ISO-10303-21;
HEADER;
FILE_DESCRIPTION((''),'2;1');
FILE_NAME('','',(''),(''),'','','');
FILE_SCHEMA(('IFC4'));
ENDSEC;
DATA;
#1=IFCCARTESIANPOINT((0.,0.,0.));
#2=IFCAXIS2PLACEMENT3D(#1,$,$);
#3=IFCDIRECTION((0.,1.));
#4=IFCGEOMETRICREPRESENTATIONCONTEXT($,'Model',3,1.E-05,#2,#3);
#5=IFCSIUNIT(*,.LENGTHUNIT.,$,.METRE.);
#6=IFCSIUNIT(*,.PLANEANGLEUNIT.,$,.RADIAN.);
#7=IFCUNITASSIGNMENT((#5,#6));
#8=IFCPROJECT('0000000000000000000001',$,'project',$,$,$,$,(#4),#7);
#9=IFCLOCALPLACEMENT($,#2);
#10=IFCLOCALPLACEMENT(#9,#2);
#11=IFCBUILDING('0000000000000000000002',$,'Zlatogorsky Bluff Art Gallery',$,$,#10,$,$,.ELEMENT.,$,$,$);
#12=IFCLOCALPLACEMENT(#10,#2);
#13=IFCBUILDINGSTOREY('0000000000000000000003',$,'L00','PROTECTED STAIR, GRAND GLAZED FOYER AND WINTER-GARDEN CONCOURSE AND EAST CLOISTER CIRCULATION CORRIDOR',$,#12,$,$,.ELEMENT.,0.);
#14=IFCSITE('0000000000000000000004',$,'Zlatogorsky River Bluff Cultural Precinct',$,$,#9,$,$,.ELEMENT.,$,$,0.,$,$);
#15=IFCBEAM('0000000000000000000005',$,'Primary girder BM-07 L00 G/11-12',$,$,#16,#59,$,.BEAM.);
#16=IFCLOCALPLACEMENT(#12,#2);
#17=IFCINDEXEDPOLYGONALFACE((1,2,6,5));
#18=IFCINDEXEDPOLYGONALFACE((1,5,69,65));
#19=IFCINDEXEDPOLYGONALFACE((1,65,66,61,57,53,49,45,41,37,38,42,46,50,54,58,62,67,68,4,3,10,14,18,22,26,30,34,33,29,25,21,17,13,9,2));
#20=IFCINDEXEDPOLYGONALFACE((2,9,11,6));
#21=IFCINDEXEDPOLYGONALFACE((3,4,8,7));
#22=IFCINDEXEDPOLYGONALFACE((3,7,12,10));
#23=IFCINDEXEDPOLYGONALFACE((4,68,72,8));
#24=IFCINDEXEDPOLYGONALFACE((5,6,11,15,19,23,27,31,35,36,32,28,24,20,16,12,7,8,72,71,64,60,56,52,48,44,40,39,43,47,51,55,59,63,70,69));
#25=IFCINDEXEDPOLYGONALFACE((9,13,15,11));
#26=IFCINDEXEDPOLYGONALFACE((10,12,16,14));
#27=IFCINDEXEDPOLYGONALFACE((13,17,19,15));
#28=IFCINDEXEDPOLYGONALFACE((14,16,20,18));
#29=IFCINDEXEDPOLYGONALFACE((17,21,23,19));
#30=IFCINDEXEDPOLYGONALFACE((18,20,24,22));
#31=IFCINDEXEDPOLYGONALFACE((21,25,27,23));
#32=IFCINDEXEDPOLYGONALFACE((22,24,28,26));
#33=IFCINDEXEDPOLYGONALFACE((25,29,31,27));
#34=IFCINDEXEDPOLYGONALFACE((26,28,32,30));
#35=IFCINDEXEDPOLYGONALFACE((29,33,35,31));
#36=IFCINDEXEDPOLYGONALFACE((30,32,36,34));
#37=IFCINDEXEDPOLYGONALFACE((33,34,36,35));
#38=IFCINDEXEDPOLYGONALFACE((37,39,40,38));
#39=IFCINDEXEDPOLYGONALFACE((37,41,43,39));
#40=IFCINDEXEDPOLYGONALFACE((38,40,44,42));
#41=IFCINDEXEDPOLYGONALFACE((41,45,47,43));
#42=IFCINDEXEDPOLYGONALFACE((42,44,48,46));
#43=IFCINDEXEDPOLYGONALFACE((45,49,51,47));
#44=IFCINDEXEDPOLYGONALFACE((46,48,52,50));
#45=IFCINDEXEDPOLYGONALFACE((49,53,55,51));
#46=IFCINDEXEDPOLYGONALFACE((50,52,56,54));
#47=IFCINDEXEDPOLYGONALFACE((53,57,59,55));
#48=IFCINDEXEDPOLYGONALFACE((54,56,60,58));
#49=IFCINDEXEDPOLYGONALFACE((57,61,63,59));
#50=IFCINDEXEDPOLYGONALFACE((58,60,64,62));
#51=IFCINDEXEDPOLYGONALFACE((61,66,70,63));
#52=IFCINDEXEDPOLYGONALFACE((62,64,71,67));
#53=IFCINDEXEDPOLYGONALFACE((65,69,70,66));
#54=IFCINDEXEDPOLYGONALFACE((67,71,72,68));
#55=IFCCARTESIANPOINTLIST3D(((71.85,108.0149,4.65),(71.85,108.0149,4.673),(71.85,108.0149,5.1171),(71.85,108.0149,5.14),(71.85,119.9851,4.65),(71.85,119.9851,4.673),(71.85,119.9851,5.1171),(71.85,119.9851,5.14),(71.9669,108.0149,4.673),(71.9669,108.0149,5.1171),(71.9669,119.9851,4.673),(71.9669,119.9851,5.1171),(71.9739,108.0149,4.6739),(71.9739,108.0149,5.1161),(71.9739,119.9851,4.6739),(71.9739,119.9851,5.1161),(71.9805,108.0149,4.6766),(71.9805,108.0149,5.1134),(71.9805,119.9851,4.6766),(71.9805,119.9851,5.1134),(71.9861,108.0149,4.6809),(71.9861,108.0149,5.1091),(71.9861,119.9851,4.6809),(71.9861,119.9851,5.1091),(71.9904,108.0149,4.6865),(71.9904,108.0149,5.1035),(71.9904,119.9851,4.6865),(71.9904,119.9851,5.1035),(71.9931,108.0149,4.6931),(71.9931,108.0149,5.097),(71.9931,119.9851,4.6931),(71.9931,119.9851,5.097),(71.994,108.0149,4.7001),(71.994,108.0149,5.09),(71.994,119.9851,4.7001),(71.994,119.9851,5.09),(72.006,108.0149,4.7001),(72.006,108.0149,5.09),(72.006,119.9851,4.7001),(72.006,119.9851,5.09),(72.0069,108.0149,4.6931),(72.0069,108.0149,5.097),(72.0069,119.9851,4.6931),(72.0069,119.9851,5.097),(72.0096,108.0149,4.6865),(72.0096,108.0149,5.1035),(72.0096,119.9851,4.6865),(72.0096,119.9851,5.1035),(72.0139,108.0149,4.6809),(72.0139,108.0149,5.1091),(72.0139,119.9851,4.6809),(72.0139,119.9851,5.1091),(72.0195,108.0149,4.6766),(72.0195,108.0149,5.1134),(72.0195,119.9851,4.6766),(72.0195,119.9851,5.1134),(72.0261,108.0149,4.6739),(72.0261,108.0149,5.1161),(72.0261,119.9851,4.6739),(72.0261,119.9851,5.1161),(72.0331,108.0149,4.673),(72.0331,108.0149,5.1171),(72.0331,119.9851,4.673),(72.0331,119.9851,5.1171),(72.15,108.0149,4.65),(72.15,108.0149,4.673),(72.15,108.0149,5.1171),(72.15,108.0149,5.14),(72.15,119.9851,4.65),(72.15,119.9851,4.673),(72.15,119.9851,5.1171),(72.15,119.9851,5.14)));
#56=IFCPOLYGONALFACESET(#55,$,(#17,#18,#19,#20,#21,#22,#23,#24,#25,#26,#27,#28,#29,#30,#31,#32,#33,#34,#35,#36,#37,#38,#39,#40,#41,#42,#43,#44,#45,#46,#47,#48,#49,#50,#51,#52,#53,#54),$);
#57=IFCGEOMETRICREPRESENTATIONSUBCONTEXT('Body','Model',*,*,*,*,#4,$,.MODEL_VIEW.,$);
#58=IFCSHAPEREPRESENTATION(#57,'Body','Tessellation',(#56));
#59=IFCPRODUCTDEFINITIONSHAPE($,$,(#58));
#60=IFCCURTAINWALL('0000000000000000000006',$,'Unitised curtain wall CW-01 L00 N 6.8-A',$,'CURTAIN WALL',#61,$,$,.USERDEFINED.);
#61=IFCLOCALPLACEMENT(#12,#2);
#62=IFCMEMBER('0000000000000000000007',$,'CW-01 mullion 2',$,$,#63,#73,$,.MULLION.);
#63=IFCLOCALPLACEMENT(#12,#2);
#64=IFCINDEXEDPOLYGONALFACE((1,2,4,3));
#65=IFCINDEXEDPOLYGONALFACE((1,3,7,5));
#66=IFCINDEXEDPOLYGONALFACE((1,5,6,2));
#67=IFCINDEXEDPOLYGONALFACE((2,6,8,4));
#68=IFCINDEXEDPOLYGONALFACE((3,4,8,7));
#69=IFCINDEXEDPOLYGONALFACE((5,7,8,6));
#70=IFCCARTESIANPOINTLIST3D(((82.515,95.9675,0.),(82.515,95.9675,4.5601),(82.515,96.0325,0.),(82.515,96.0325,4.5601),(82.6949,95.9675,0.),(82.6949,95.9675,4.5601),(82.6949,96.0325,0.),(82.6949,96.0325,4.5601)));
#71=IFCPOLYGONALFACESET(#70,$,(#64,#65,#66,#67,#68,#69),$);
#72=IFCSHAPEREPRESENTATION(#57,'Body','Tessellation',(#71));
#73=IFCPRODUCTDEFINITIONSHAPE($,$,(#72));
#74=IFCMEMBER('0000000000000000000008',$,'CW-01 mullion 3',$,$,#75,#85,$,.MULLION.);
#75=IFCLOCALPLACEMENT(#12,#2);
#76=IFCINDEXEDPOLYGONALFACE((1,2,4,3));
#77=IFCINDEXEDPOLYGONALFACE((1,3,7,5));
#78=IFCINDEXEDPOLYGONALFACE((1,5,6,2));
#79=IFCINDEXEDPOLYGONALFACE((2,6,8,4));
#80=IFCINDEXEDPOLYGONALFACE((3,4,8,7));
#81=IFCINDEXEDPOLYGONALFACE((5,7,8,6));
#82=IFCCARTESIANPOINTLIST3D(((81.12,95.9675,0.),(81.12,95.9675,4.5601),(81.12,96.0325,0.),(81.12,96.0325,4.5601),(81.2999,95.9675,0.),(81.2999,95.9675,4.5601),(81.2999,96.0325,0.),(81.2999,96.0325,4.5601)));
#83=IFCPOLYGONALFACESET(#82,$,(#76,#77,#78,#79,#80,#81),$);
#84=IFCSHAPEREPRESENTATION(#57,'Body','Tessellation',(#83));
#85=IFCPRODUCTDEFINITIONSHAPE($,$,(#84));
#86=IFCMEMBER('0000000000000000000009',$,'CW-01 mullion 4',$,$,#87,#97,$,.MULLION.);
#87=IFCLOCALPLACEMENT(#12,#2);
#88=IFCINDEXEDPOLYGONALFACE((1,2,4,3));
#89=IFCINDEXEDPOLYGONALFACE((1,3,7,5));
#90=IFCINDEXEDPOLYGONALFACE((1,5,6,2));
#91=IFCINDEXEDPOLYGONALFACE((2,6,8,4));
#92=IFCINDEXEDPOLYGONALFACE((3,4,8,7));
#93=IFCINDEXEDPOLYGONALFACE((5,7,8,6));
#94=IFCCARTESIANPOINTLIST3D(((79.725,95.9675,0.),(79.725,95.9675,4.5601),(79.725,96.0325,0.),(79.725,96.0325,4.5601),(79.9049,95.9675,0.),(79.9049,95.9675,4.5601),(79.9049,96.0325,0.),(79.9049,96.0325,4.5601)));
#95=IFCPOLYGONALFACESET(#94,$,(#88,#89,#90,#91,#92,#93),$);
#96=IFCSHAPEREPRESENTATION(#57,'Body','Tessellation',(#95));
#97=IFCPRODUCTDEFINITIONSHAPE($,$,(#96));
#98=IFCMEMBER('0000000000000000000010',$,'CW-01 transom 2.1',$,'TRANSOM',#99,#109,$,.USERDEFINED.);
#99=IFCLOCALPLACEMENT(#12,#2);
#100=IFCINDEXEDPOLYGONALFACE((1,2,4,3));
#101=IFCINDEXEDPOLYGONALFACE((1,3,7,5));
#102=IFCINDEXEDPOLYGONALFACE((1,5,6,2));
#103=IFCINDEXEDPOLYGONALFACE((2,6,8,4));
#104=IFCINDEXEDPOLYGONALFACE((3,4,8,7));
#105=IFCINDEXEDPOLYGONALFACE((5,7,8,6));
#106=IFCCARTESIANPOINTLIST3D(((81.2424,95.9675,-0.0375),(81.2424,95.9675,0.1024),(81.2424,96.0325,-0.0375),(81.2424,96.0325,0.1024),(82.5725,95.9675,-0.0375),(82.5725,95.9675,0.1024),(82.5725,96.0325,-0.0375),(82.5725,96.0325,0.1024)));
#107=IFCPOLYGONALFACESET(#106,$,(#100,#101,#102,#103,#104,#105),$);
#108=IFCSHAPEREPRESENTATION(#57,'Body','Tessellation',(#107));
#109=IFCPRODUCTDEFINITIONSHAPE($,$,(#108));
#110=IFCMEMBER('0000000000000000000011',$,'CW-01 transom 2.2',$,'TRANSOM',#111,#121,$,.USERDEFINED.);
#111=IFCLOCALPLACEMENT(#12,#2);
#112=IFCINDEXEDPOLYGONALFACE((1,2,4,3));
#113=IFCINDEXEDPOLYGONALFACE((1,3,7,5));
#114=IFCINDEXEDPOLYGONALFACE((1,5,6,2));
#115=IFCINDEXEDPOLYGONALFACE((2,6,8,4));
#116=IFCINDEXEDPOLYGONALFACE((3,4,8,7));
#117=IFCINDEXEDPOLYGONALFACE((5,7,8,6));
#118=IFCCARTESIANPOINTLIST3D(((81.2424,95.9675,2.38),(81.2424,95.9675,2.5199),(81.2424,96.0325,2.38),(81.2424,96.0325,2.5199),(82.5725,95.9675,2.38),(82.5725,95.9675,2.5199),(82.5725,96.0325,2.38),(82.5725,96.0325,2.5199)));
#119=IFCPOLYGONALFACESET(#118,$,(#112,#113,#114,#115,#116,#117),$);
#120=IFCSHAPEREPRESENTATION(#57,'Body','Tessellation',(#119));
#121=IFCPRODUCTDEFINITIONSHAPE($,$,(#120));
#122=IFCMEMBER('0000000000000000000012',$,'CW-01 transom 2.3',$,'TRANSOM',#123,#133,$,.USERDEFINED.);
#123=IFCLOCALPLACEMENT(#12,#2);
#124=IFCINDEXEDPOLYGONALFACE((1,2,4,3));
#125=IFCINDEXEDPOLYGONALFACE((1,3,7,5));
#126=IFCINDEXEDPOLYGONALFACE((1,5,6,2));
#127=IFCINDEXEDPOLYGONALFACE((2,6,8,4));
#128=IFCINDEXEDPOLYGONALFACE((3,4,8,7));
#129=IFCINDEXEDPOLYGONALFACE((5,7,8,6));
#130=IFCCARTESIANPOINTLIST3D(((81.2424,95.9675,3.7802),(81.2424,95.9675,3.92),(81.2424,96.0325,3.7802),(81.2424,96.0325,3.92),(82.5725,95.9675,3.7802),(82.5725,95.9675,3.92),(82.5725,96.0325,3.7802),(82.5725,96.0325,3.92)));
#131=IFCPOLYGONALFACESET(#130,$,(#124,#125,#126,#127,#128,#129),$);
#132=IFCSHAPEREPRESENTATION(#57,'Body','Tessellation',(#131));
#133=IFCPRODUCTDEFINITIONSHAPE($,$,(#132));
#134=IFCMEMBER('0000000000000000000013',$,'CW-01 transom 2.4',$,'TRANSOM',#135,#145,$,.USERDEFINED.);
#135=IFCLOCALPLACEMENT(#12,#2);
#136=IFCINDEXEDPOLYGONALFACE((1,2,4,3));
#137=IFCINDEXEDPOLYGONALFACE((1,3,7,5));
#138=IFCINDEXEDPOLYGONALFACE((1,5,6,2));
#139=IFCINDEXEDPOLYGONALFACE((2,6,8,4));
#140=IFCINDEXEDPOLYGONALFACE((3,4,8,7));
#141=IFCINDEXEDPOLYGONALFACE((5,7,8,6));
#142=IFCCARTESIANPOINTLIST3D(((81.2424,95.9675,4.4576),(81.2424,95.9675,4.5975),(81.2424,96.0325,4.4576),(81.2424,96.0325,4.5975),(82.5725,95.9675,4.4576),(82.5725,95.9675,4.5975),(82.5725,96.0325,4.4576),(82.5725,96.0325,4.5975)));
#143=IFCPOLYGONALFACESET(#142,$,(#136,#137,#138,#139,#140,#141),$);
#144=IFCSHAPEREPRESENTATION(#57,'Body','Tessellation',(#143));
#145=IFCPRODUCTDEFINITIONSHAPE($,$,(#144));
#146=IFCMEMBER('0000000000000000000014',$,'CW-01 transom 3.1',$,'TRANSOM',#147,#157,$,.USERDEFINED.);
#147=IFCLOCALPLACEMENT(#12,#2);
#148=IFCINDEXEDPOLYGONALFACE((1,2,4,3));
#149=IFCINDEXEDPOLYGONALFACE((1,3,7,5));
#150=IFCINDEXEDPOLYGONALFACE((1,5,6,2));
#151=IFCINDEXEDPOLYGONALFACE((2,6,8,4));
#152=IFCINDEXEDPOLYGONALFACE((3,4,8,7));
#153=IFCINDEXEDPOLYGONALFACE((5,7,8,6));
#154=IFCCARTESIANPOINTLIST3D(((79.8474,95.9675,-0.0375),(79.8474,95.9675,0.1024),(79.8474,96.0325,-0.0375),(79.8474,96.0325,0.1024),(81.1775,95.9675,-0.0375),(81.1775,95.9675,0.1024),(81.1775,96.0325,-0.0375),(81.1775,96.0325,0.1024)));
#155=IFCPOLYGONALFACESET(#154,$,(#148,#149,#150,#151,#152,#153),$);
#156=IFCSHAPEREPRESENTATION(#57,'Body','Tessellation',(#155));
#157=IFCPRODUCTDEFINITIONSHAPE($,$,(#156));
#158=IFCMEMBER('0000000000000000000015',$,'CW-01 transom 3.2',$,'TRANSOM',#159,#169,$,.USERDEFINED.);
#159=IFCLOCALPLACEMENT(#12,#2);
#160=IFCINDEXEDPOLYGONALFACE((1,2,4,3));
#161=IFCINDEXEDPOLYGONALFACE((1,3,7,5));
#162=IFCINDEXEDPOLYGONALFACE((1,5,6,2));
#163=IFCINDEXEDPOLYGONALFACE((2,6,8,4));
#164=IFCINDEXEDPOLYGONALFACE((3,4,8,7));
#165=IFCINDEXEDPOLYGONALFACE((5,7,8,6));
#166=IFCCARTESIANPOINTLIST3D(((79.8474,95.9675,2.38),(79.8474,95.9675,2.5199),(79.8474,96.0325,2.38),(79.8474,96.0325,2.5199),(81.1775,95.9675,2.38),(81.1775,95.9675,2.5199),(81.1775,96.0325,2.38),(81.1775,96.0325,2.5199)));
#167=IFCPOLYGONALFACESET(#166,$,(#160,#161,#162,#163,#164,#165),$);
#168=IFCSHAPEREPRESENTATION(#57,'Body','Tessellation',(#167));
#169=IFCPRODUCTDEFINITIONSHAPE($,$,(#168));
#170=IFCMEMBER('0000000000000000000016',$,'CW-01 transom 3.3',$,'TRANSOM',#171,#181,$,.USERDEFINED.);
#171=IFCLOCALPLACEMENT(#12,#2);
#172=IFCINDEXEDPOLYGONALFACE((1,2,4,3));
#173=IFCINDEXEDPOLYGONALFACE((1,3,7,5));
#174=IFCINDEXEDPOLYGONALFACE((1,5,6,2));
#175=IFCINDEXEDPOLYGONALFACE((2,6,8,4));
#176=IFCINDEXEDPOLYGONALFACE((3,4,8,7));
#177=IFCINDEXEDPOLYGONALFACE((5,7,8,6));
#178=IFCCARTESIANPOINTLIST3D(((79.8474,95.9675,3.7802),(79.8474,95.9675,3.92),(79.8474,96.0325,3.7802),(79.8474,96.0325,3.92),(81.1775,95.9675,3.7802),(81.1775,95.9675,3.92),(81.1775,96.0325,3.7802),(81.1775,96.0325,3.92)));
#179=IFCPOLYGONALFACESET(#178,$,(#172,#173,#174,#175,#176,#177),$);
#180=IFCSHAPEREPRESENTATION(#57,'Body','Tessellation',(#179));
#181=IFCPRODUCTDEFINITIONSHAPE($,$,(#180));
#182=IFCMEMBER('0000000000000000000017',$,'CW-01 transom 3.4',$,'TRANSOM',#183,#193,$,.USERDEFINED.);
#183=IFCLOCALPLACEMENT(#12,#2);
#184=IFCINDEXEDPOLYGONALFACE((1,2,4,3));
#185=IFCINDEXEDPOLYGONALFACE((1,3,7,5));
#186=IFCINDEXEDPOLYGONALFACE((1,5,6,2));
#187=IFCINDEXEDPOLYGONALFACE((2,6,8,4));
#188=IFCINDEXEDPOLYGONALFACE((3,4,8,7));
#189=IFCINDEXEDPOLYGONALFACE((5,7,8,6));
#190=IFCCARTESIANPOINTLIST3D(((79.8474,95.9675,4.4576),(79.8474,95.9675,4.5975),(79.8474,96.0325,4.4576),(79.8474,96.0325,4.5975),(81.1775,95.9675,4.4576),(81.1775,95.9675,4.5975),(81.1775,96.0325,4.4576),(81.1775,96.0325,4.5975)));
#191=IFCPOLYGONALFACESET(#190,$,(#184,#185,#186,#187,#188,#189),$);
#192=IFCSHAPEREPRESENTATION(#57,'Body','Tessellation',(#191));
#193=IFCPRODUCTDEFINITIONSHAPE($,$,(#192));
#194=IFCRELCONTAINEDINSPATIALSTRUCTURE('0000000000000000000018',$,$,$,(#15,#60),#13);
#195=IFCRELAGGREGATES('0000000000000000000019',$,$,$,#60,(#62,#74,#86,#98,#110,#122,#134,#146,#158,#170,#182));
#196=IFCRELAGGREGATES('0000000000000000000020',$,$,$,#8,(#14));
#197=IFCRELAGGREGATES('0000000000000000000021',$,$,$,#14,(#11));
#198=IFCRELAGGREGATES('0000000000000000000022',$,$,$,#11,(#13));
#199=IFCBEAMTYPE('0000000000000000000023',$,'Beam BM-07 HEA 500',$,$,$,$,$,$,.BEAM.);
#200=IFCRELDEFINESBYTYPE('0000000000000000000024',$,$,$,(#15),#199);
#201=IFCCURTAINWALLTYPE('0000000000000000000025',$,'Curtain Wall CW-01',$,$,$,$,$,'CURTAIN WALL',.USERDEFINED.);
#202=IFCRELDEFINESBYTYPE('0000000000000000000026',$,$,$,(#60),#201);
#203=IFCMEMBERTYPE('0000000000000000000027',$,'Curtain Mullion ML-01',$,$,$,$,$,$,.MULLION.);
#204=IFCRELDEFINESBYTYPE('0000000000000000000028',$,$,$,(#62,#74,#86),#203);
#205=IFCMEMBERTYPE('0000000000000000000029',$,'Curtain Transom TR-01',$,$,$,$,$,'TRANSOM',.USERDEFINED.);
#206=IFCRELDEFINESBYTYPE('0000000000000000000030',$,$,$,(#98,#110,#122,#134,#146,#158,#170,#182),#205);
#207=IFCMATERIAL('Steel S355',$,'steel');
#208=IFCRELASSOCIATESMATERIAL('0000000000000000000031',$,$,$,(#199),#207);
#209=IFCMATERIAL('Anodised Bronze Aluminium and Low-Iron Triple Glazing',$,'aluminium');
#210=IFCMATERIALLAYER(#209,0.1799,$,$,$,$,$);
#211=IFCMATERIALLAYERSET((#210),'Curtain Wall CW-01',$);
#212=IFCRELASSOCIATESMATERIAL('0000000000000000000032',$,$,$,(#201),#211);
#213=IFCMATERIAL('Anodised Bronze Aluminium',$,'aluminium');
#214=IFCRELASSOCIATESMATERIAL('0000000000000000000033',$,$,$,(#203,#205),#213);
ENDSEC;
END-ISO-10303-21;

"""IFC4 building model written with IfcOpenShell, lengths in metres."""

from ifc_helpers import new_model, si_unit, direction, frame, origin, origin_2d, place, context, subcontext, project, spatial, rectangle, i_section, extrude, material, layer, layer_set, material_profile, profile_set, type_object, element, aggregate, save


model = new_model("IFC4")

# Units and contexts
model_context = context("Model", 3, precision=1e-05, world=origin(), true_north=direction((0.0, 1.0)))
body_context = subcontext(model_context, "Body", "Model", "MODEL_VIEW")
ifc_project = project(units=[si_unit("LENGTHUNIT", "METRE"), si_unit("PLANEANGLEUNIT", "RADIAN")], contexts=[model_context])

# Site, building, storey
site_placement = place(None, origin())
site = spatial("IfcSite", under=ifc_project, at=site_placement, Name="Zlatogorsky River Bluff Cultural Precinct", CompositionType="ELEMENT", RefElevation=0.0)
building_placement = place(site_placement, origin())
building = spatial("IfcBuilding", under=site, at=building_placement, Name="Zlatogorsky Bluff Art Gallery", CompositionType="ELEMENT")
storey_placement = place(building_placement, origin())
storey = spatial("IfcBuildingStorey", under=building, at=storey_placement, Name="L00", Description="PROTECTED STAIR, GRAND GLAZED FOYER AND WINTER-GARDEN CONCOURSE AND EAST CLOISTER CIRCULATION CORRIDOR", CompositionType="ELEMENT", Elevation=0.0)

# Shared definitions
ifc_material_1 = material(Name="Steel S355", Category="steel")

# Beam
ifc_material_profile_1 = material_profile(ifc_material_1, i_section(OverallWidth=0.3, OverallDepth=0.49, WebThickness=0.012, FlangeThickness=0.0229, FilletRadius=0.0271, at=origin_2d()), Name="HEA 500")
ifc_profile_set_1 = profile_set([ifc_material_profile_1], Name="Steel S355")
beam_type_1 = type_object("IfcBeamType", Name="Beam BM-07 HEA 500", PredefinedType="BEAM", material=ifc_profile_set_1)
for number, where, z_axis, x_axis, name in (
    (1, (72.0, 108.0149, 4.895), (0.0, 1.0, 0.0), (-1.0, 0.0, 0.0), "Primary girder BM-07 L00 G/11-12"),
):
    element("IfcBeam", number, at=place(storey_placement, frame(where, z_axis=z_axis, x_axis=x_axis)), inside=storey, type_object=beam_type_1, Name=name, PredefinedType="BEAM", context=body_context, shape_type="SweptSolid", body=[
        extrude(i_section(OverallWidth=0.3, OverallDepth=0.49, WebThickness=0.012, FlangeThickness=0.0229, FilletRadius=0.0271, at=origin_2d()), origin(), (0.0, 0.0, 1.0), 11.9702),
    ])

# Curtain wall, members
ifc_material_2 = material(Name="Anodised Bronze Aluminium and Low-Iron Triple Glazing", Category="aluminium")
ifc_layer_1 = layer(ifc_material_2, 0.1799)
ifc_layer_set_1 = layer_set([ifc_layer_1], Name="Curtain Wall CW-01")
curtain_wall_type = type_object("IfcCurtainWallType", Name="Curtain Wall CW-01", ElementType="CURTAIN WALL", PredefinedType="USERDEFINED", material=ifc_layer_set_1)
curtain_wall_placement = place(storey_placement, origin())
curtain_wall = element("IfcCurtainWall", 2, at=curtain_wall_placement, inside=storey, type_object=curtain_wall_type, Name="Unitised curtain wall CW-01 L00 N 6.8-A", ObjectType="CURTAIN WALL", PredefinedType="USERDEFINED")
ifc_material_3 = material(Name="Anodised Bronze Aluminium", Category="aluminium")
ifc_material_profile_2 = material_profile(ifc_material_3, rectangle(XDim=0.0649, YDim=0.1799, at=origin_2d()), Name="ALU MULLION 65x180")
ifc_profile_set_2 = profile_set([ifc_material_profile_2], Name="Anodised Bronze Aluminium")
member_type_1 = type_object("IfcMemberType", Name="Curtain Mullion ML-01", PredefinedType="MULLION", material=ifc_profile_set_2)
member_1_placement = place(storey_placement, frame((82.605, 96.0, 0.0), z_axis=(0.0, 0.0, 1.0), x_axis=(0.0, -1.0, 0.0)))
member_1 = element("IfcMember", 3, at=member_1_placement, type_object=member_type_1, Name="CW-01 mullion 2", PredefinedType="MULLION", context=body_context, shape_type="SweptSolid", body=[
    extrude(rectangle(XDim=0.0649, YDim=0.1799, at=origin_2d()), origin(), (0.0, 0.0, 1.0), 4.5601),
])
member_2_placement = place(storey_placement, frame((81.21, 96.0, 0.0), z_axis=(0.0, 0.0, 1.0), x_axis=(0.0, -1.0, 0.0)))
member_2 = element("IfcMember", 4, at=member_2_placement, type_object=member_type_1, Name="CW-01 mullion 3", PredefinedType="MULLION", context=body_context, shape_type="SweptSolid", body=[
    extrude(rectangle(XDim=0.0649, YDim=0.1799, at=origin_2d()), origin(), (0.0, 0.0, 1.0), 4.5601),
])
member_3_placement = place(storey_placement, frame((79.8149, 96.0, 0.0), z_axis=(0.0, 0.0, 1.0), x_axis=(0.0, -1.0, 0.0)))
member_3 = element("IfcMember", 5, at=member_3_placement, type_object=member_type_1, Name="CW-01 mullion 4", PredefinedType="MULLION", context=body_context, shape_type="SweptSolid", body=[
    extrude(rectangle(XDim=0.0649, YDim=0.1799, at=origin_2d()), origin(), (0.0, 0.0, 1.0), 4.5601),
])
ifc_material_profile_3 = material_profile(ifc_material_3, rectangle(XDim=0.0649, YDim=0.1399, at=origin_2d()), Name="ALU TRANSOM 65x140")
ifc_profile_set_3 = profile_set([ifc_material_profile_3], Name="Anodised Bronze Aluminium")
member_type_2 = type_object("IfcMemberType", Name="Curtain Transom TR-01", ElementType="TRANSOM", PredefinedType="USERDEFINED", material=ifc_profile_set_3)
member_4_placement = place(storey_placement, frame((82.5725, 96.0, 0.0325), z_axis=(-1.0, 0.0, 0.0), x_axis=(0.0, -1.0, 0.0)))
member_4 = element("IfcMember", 6, at=member_4_placement, type_object=member_type_2, Name="CW-01 transom 2.1", ObjectType="TRANSOM", PredefinedType="USERDEFINED", context=body_context, shape_type="SweptSolid", body=[
    extrude(rectangle(XDim=0.0649, YDim=0.1399, at=origin_2d()), origin(), (0.0, 0.0, 1.0), 1.3301),
])
member_5_placement = place(storey_placement, frame((82.5725, 96.0, 2.45), z_axis=(-1.0, 0.0, 0.0), x_axis=(0.0, -1.0, 0.0)))
member_5 = element("IfcMember", 7, at=member_5_placement, type_object=member_type_2, Name="CW-01 transom 2.2", ObjectType="TRANSOM", PredefinedType="USERDEFINED", context=body_context, shape_type="SweptSolid", body=[
    extrude(rectangle(XDim=0.0649, YDim=0.1399, at=origin_2d()), origin(), (0.0, 0.0, 1.0), 1.3301),
])
member_6_placement = place(storey_placement, frame((82.5725, 96.0, 3.8501), z_axis=(-1.0, 0.0, 0.0), x_axis=(0.0, -1.0, 0.0)))
member_6 = element("IfcMember", 8, at=member_6_placement, type_object=member_type_2, Name="CW-01 transom 2.3", ObjectType="TRANSOM", PredefinedType="USERDEFINED", context=body_context, shape_type="SweptSolid", body=[
    extrude(rectangle(XDim=0.0649, YDim=0.1399, at=origin_2d()), origin(), (0.0, 0.0, 1.0), 1.3301),
])
member_7_placement = place(storey_placement, frame((82.5725, 96.0, 4.5276), z_axis=(-1.0, 0.0, 0.0), x_axis=(0.0, -1.0, 0.0)))
member_7 = element("IfcMember", 9, at=member_7_placement, type_object=member_type_2, Name="CW-01 transom 2.4", ObjectType="TRANSOM", PredefinedType="USERDEFINED", context=body_context, shape_type="SweptSolid", body=[
    extrude(rectangle(XDim=0.0649, YDim=0.1399, at=origin_2d()), origin(), (0.0, 0.0, 1.0), 1.3301),
])
member_8_placement = place(storey_placement, frame((81.1775, 96.0, 0.0325), z_axis=(-1.0, 0.0, 0.0), x_axis=(0.0, -1.0, 0.0)))
member_8 = element("IfcMember", 10, at=member_8_placement, type_object=member_type_2, Name="CW-01 transom 3.1", ObjectType="TRANSOM", PredefinedType="USERDEFINED", context=body_context, shape_type="SweptSolid", body=[
    extrude(rectangle(XDim=0.0649, YDim=0.1399, at=origin_2d()), origin(), (0.0, 0.0, 1.0), 1.3301),
])
member_9_placement = place(storey_placement, frame((81.1775, 96.0, 2.45), z_axis=(-1.0, 0.0, 0.0), x_axis=(0.0, -1.0, 0.0)))
member_9 = element("IfcMember", 11, at=member_9_placement, type_object=member_type_2, Name="CW-01 transom 3.2", ObjectType="TRANSOM", PredefinedType="USERDEFINED", context=body_context, shape_type="SweptSolid", body=[
    extrude(rectangle(XDim=0.0649, YDim=0.1399, at=origin_2d()), origin(), (0.0, 0.0, 1.0), 1.3301),
])
member_10_placement = place(storey_placement, frame((81.1775, 96.0, 3.8501), z_axis=(-1.0, 0.0, 0.0), x_axis=(0.0, -1.0, 0.0)))
member_10 = element("IfcMember", 12, at=member_10_placement, type_object=member_type_2, Name="CW-01 transom 3.3", ObjectType="TRANSOM", PredefinedType="USERDEFINED", context=body_context, shape_type="SweptSolid", body=[
    extrude(rectangle(XDim=0.0649, YDim=0.1399, at=origin_2d()), origin(), (0.0, 0.0, 1.0), 1.3301),
])
member_11_placement = place(storey_placement, frame((81.1775, 96.0, 4.5276), z_axis=(-1.0, 0.0, 0.0), x_axis=(0.0, -1.0, 0.0)))
member_11 = element("IfcMember", 13, at=member_11_placement, type_object=member_type_2, Name="CW-01 transom 3.4", ObjectType="TRANSOM", PredefinedType="USERDEFINED", context=body_context, shape_type="SweptSolid", body=[
    extrude(rectangle(XDim=0.0649, YDim=0.1399, at=origin_2d()), origin(), (0.0, 0.0, 1.0), 1.3301),
])
aggregate(curtain_wall, [member_1, member_2, member_3, member_4, member_5, member_6, member_7, member_8, member_9, member_10, member_11])

save(model, "model.ifc")
